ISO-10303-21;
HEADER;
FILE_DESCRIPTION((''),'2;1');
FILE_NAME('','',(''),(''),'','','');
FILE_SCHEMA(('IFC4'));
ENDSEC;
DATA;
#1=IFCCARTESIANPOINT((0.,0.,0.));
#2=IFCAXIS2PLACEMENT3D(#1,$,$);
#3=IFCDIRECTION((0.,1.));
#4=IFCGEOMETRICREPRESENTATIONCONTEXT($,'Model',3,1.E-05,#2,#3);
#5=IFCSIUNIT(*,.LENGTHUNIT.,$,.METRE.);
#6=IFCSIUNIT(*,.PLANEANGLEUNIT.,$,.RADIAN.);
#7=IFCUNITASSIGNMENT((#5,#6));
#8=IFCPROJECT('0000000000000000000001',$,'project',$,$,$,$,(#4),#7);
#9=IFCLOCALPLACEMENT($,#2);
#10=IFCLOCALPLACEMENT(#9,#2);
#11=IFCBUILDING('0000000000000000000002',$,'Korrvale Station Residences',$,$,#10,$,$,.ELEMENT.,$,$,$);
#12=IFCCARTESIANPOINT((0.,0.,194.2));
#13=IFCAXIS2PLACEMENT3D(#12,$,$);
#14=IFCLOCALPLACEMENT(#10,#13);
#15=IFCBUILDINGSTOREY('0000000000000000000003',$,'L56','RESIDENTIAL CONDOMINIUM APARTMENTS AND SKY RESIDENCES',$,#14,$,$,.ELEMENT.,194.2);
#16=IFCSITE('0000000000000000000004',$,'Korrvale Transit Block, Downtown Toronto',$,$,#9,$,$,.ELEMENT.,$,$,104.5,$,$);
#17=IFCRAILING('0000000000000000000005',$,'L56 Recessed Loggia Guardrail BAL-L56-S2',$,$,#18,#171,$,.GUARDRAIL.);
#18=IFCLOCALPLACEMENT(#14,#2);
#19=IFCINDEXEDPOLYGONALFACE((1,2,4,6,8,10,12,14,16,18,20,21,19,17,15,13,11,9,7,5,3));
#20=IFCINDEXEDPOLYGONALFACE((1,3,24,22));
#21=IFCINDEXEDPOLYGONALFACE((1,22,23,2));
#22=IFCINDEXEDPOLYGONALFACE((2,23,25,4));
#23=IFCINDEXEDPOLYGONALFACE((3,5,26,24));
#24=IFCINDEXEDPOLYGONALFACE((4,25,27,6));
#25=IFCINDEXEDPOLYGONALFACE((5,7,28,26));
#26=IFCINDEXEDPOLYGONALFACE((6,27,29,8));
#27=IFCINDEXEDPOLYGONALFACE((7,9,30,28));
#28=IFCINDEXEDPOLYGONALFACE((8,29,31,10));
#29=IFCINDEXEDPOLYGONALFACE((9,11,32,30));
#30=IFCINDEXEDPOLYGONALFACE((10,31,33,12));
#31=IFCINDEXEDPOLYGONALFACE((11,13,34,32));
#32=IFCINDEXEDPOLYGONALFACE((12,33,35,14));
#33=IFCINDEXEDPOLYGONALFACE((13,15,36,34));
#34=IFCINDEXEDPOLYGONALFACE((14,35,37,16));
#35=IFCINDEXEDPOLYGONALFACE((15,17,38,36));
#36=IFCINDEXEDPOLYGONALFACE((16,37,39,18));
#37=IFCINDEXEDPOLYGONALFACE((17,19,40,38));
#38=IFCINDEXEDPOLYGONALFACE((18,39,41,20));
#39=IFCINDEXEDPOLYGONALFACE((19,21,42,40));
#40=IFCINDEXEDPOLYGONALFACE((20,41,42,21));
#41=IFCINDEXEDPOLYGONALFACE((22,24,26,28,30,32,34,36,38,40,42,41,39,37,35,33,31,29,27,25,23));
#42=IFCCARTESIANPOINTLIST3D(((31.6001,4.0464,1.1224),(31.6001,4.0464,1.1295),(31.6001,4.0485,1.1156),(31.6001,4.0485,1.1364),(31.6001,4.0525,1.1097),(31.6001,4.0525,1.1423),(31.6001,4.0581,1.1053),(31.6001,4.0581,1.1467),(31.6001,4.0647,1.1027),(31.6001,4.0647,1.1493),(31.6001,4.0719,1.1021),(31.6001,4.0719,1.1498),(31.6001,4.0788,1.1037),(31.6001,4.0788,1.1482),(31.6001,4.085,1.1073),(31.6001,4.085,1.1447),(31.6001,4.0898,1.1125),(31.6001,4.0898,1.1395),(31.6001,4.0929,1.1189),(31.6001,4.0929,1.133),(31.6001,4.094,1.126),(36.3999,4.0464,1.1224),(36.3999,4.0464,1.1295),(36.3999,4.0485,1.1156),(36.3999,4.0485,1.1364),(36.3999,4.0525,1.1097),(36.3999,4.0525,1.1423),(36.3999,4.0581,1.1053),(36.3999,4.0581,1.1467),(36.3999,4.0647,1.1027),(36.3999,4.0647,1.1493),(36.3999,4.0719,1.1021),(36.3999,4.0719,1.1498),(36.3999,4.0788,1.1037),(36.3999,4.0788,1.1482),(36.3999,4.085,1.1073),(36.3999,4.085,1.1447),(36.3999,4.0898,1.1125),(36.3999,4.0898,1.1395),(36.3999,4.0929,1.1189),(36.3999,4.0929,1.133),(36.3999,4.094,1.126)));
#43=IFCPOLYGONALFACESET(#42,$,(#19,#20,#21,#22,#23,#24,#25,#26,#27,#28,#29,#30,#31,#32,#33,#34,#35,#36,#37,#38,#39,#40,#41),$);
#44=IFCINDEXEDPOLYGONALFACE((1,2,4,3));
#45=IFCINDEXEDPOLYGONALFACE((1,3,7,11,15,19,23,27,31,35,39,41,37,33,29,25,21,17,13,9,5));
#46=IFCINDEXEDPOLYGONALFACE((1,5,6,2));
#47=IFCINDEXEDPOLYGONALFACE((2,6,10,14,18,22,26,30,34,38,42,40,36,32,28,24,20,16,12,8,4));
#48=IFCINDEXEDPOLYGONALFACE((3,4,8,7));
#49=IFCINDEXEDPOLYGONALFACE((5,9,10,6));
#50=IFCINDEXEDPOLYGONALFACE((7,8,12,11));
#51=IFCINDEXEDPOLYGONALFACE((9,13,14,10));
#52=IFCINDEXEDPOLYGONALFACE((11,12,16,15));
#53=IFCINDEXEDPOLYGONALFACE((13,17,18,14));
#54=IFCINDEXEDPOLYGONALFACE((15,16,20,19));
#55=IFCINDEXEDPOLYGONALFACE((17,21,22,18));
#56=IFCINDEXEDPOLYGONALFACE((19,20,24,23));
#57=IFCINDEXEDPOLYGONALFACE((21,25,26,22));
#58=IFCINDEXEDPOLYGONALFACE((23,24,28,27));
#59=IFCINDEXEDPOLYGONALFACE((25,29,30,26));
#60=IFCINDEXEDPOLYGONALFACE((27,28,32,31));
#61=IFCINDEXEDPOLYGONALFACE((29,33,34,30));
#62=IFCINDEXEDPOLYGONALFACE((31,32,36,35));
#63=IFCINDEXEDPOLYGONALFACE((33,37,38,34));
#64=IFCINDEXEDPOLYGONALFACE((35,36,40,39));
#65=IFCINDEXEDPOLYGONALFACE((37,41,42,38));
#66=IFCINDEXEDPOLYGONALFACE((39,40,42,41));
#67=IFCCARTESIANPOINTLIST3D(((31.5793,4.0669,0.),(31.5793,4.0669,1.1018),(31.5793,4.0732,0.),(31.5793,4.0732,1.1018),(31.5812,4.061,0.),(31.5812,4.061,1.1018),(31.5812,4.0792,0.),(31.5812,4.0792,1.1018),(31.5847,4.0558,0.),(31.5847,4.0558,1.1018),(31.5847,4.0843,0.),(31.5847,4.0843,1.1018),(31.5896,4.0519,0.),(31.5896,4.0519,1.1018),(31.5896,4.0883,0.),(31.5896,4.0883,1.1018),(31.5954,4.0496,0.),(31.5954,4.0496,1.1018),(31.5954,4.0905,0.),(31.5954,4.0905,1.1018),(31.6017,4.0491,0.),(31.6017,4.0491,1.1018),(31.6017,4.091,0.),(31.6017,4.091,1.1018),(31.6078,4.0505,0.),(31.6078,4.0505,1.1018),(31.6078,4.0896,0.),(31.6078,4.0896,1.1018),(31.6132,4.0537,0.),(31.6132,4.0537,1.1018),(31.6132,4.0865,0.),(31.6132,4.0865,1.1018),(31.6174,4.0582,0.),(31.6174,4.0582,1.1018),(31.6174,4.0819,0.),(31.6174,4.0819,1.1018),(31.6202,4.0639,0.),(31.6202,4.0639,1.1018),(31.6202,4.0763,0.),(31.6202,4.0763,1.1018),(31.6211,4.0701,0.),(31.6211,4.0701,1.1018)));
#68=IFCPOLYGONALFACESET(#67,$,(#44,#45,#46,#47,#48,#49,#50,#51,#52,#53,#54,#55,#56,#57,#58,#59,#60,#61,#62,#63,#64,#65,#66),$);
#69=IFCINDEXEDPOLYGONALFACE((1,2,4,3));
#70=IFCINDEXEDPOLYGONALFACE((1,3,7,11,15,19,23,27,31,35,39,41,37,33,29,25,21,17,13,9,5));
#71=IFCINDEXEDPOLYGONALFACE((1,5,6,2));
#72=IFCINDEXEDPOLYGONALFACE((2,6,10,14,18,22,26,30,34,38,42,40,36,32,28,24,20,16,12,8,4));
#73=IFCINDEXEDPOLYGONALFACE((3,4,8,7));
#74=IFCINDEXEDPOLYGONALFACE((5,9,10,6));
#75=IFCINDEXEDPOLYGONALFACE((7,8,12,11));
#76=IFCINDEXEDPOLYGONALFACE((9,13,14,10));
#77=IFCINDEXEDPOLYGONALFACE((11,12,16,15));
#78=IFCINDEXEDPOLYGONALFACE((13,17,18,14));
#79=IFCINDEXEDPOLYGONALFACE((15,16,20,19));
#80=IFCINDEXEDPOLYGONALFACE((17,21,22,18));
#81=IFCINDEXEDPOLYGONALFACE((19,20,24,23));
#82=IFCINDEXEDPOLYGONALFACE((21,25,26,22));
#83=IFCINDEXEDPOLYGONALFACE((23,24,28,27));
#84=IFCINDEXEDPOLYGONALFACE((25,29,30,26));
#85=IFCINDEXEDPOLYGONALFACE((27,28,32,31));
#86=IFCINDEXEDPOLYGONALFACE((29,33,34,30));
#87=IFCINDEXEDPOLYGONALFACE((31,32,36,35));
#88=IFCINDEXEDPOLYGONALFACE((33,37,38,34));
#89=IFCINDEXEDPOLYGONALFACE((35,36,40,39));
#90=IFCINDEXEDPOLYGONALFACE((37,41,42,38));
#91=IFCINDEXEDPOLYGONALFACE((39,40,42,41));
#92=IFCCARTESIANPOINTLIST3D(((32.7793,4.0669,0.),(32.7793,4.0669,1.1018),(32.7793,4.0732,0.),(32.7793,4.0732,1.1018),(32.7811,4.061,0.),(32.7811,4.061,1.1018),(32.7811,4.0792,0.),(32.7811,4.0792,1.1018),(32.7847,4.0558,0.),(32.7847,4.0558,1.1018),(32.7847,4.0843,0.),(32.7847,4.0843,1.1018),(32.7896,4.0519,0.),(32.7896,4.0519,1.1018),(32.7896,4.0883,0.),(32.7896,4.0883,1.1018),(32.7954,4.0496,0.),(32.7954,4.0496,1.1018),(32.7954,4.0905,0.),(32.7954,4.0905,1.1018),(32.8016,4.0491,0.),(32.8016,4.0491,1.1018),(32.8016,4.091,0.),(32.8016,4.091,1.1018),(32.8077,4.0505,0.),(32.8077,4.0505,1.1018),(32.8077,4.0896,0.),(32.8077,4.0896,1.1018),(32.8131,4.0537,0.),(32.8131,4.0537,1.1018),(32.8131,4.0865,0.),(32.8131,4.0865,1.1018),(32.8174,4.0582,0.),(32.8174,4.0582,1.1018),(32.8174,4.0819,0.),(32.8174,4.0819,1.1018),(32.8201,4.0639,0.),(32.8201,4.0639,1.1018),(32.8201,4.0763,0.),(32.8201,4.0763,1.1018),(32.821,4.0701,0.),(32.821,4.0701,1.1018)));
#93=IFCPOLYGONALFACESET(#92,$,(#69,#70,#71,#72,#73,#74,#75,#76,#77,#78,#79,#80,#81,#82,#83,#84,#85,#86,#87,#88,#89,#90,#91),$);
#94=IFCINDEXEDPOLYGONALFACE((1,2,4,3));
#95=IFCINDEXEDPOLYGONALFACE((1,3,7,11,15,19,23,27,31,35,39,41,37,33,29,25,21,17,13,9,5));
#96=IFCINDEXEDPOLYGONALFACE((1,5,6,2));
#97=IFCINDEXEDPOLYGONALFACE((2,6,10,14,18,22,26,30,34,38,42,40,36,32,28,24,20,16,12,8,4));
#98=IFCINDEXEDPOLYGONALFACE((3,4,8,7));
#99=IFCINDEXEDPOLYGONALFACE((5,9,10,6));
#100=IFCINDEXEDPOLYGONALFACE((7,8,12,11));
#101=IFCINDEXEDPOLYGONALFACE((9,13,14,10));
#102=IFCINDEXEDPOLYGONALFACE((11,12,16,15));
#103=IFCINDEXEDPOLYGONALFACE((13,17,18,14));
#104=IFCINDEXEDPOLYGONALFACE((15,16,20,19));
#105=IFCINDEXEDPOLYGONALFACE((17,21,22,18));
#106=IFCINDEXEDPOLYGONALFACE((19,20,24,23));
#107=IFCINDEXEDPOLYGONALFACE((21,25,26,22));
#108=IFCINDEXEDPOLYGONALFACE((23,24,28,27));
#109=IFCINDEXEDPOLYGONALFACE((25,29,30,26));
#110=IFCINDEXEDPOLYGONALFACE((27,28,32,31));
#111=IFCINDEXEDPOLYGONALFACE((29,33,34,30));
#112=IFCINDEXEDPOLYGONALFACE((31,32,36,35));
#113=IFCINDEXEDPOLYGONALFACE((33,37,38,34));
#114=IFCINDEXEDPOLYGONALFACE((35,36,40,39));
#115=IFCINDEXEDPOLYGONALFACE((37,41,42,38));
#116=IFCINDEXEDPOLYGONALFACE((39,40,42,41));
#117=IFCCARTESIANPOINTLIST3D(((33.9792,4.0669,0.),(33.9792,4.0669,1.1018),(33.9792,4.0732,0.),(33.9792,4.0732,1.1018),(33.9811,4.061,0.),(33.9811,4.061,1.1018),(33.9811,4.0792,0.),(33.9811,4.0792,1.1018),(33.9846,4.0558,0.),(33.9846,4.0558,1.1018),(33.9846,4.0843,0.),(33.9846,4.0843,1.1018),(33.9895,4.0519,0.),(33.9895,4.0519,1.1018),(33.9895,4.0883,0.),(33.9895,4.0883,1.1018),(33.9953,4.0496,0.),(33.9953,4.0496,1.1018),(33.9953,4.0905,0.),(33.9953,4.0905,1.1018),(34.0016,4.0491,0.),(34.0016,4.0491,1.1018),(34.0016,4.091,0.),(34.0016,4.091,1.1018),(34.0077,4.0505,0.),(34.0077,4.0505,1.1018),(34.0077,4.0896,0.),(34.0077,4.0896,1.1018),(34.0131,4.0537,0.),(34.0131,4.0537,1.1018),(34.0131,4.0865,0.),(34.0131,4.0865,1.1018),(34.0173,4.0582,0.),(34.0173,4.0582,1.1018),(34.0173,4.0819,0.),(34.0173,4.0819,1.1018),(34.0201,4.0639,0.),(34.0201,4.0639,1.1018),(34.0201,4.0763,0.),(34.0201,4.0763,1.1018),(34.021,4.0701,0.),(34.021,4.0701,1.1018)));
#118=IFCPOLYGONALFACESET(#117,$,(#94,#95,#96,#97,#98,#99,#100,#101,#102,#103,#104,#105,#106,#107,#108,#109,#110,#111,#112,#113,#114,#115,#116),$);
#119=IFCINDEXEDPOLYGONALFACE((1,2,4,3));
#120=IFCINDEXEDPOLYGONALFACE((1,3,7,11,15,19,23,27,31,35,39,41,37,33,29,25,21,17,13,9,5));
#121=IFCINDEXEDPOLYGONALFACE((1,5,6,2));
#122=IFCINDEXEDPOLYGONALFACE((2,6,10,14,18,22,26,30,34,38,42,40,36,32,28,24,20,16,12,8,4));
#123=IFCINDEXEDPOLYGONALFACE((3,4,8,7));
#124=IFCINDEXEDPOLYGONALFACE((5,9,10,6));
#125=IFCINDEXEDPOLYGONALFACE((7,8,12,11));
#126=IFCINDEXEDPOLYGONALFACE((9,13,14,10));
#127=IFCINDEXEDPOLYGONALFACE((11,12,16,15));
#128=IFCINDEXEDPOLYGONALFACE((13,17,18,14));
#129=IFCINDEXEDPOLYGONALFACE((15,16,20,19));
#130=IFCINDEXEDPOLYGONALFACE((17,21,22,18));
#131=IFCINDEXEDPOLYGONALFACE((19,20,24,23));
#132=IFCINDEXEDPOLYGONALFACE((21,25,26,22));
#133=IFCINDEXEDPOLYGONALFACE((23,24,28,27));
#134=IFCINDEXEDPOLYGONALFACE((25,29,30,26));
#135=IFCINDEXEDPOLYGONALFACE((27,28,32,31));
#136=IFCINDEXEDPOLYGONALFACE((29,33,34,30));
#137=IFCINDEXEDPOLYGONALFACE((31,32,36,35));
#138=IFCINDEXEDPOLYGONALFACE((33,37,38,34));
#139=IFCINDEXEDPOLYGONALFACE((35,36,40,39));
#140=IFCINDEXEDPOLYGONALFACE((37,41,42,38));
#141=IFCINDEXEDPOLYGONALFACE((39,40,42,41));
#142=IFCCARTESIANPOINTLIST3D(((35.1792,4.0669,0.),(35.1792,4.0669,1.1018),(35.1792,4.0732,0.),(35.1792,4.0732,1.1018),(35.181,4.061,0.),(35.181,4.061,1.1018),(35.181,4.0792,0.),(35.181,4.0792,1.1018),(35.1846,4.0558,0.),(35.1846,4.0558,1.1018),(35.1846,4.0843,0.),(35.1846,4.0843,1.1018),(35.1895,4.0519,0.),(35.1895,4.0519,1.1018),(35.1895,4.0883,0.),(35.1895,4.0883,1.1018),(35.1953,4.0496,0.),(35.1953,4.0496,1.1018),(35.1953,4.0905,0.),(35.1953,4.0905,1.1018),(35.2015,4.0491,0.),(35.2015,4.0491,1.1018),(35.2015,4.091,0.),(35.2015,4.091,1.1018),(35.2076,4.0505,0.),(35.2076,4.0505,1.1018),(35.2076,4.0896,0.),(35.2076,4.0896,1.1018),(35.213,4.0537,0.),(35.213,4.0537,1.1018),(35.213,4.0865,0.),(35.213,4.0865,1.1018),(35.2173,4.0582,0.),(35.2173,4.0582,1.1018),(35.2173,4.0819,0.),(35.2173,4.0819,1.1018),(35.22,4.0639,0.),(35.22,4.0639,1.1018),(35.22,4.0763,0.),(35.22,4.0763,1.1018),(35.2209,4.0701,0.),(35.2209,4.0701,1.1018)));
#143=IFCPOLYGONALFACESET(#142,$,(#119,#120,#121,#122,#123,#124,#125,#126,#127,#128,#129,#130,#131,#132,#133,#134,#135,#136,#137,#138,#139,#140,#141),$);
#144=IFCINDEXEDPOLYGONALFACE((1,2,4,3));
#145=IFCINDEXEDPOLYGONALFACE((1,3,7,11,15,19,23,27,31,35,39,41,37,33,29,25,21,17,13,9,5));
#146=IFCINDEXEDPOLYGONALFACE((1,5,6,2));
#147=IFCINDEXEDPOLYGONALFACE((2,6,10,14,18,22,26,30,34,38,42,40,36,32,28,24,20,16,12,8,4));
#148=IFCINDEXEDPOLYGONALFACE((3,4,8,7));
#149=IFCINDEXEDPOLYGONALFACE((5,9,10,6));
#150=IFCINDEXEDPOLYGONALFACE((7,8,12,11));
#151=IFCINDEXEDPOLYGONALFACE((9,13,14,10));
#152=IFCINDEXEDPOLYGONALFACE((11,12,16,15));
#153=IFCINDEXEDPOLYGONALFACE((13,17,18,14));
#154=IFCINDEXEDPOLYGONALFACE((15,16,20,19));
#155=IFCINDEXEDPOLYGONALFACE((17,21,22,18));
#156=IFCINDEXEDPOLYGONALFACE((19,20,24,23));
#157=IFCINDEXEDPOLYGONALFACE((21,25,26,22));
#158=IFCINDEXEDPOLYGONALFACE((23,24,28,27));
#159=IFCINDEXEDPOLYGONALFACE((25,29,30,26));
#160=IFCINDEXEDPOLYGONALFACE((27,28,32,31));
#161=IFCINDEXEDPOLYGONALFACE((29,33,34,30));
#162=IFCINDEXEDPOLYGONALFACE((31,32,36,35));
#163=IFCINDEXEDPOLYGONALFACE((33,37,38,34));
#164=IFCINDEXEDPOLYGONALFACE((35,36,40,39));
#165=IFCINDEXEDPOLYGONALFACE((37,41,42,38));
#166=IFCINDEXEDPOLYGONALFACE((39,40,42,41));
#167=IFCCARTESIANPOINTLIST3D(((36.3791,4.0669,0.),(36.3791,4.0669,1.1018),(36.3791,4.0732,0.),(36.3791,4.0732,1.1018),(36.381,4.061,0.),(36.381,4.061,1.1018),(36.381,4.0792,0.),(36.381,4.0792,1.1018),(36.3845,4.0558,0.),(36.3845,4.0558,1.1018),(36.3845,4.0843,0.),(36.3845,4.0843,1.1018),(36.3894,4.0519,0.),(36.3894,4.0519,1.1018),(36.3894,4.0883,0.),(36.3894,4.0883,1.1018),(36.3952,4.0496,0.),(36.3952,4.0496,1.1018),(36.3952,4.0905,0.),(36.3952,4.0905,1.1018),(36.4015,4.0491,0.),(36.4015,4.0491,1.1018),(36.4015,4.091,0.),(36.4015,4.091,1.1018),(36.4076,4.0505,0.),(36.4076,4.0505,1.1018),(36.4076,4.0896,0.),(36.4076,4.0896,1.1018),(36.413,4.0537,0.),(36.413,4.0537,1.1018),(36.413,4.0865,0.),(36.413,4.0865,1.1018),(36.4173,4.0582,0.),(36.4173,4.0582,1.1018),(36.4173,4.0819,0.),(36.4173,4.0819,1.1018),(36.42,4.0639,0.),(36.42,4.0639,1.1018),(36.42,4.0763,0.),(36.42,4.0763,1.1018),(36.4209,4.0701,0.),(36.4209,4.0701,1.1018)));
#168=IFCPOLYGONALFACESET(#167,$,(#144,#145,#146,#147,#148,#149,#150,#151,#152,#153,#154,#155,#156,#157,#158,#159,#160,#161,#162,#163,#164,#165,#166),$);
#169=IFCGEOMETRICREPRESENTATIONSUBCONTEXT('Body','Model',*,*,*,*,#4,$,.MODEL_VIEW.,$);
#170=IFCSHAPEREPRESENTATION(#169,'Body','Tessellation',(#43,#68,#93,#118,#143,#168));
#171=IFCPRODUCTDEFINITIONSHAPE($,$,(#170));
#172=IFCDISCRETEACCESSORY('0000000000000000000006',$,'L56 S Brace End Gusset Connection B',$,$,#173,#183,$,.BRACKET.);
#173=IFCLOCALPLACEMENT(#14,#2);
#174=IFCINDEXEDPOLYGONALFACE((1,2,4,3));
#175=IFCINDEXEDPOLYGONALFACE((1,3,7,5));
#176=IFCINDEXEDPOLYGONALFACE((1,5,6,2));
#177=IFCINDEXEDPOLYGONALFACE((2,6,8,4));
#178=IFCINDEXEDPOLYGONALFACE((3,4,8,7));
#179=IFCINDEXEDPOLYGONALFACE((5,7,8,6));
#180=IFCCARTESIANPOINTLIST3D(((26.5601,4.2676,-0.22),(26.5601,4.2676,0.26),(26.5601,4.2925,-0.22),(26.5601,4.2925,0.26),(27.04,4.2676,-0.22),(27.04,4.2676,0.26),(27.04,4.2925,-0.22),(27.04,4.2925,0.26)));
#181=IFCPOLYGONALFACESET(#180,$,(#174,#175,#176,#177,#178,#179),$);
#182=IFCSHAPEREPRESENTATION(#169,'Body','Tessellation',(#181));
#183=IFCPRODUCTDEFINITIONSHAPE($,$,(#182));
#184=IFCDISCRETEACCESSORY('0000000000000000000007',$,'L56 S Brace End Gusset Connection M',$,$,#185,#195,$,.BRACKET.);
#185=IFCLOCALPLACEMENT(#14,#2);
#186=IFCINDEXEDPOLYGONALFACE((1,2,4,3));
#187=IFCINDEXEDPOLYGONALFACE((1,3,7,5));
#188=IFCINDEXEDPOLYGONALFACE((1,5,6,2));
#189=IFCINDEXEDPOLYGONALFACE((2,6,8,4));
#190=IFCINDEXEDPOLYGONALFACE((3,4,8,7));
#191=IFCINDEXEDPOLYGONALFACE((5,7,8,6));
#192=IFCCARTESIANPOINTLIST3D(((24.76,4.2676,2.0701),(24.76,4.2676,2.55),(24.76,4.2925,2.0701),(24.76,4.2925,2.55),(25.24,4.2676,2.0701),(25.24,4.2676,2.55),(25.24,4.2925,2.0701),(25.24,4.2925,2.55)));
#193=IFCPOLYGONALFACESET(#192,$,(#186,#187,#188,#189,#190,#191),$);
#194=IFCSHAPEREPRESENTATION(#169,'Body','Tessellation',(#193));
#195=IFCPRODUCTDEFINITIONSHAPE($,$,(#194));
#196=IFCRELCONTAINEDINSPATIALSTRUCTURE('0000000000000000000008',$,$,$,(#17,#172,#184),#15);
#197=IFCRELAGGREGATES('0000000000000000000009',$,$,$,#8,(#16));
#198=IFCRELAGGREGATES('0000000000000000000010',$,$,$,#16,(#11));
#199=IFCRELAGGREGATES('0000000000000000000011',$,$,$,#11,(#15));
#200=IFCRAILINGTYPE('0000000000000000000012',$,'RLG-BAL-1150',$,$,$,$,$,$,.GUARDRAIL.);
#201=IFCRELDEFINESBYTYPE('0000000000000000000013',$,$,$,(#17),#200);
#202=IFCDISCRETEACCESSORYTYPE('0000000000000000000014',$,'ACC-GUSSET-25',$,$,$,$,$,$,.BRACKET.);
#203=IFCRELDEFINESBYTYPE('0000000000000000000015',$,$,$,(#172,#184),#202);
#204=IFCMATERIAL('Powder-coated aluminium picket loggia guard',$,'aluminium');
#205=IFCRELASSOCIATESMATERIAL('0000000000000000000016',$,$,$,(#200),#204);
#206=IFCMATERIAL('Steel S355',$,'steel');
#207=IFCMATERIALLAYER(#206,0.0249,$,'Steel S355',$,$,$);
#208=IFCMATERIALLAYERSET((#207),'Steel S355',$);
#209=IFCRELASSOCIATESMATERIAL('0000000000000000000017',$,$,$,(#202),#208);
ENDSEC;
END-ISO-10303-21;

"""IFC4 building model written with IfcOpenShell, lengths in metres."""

from ifc_helpers import new_model, si_unit, direction, frame, origin, origin_2d, place, context, subcontext, project, spatial, rectangle, circle, extrude, material, layer, layer_set, type_object, element, save


model = new_model("IFC4")

# Units and contexts
model_context = context("Model", 3, precision=1e-05, world=origin(), true_north=direction((0.0, 1.0)))
body_context = subcontext(model_context, "Body", "Model", "MODEL_VIEW")
ifc_project = project(units=[si_unit("LENGTHUNIT", "METRE"), si_unit("PLANEANGLEUNIT", "RADIAN")], contexts=[model_context])

# Site, building, storey
site_placement = place(None, origin())
site = spatial("IfcSite", under=ifc_project, at=site_placement, Name="Korrvale Transit Block, Downtown Toronto", CompositionType="ELEMENT", RefElevation=104.5)
building_placement = place(site_placement, origin())
building = spatial("IfcBuilding", under=site, at=building_placement, Name="Korrvale Station Residences", CompositionType="ELEMENT")
storey_placement = place(building_placement, frame((0.0, 0.0, 194.2)))
storey = spatial("IfcBuildingStorey", under=building, at=storey_placement, Name="L56", Description="RESIDENTIAL CONDOMINIUM APARTMENTS AND SKY RESIDENCES", CompositionType="ELEMENT", Elevation=194.2)

# Shared definitions
ifc_material_1 = material(Name="Steel S355", Category="steel")

# Railing
ifc_material_2 = material(Name="Powder-coated aluminium picket loggia guard", Category="aluminium")
railing_type = type_object("IfcRailingType", Name="RLG-BAL-1150", PredefinedType="GUARDRAIL", material=ifc_material_2)
railing_placement = place(storey_placement, frame((31.6001, 4.0701, 0.0)))
element("IfcRailing", 1, at=railing_placement, inside=storey, type_object=railing_type, Name="L56 Recessed Loggia Guardrail BAL-L56-S2", PredefinedType="GUARDRAIL", context=body_context, shape_type="SweptSolid", body=[
    extrude(circle(Radius=0.0239, at=origin_2d()), frame((0.0, 0.0, 1.126), z_axis=(1.0, 0.0, 0.0), x_axis=(0.0, 1.0, 0.0)), (0.0, 0.0, 1.0), 4.7998),
    extrude(circle(Radius=0.021, at=origin_2d()), origin(), (0.0, 0.0, 1.0), 1.1018),
    extrude(circle(Radius=0.021, at=origin_2d()), frame((1.2, 0.0, 0.0)), (0.0, 0.0, 1.0), 1.1018),
    extrude(circle(Radius=0.021, at=origin_2d()), frame((2.3999, 0.0, 0.0)), (0.0, 0.0, 1.0), 1.1018),
    extrude(circle(Radius=0.021, at=origin_2d()), frame((3.5999, 0.0, 0.0)), (0.0, 0.0, 1.0), 1.1018),
    extrude(circle(Radius=0.021, at=origin_2d()), frame((4.7998, 0.0, 0.0)), (0.0, 0.0, 1.0), 1.1018),
])

# Discrete accessories
ifc_layer_1 = layer(ifc_material_1, 0.0249, Name="Steel S355")
ifc_layer_set_1 = layer_set([ifc_layer_1], Name="Steel S355")
discrete_accessory_type = type_object("IfcDiscreteAccessoryType", Name="ACC-GUSSET-25", PredefinedType="BRACKET", material=ifc_layer_set_1)
for number, where, z_axis, x_axis, name in (
    (2, (26.8, 4.28, -0.22), (0.0, 0.0, 1.0), (1.0, 0.0, 0.0), "L56 S Brace End Gusset Connection B"),
    (3, (25.0, 4.28, 2.0701), (0.0, 0.0, 1.0), (1.0, 0.0, 0.0), "L56 S Brace End Gusset Connection M"),
):
    element("IfcDiscreteAccessory", number, at=place(storey_placement, frame(where, z_axis=z_axis, x_axis=x_axis)), inside=storey, type_object=discrete_accessory_type, Name=name, PredefinedType="BRACKET", context=body_context, shape_type="SweptSolid", body=[
        extrude(rectangle(XDim=0.48, YDim=0.0249, at=origin_2d()), origin(), (0.0, 0.0, 1.0), 0.48),
    ])

save(model, "model.ifc")
